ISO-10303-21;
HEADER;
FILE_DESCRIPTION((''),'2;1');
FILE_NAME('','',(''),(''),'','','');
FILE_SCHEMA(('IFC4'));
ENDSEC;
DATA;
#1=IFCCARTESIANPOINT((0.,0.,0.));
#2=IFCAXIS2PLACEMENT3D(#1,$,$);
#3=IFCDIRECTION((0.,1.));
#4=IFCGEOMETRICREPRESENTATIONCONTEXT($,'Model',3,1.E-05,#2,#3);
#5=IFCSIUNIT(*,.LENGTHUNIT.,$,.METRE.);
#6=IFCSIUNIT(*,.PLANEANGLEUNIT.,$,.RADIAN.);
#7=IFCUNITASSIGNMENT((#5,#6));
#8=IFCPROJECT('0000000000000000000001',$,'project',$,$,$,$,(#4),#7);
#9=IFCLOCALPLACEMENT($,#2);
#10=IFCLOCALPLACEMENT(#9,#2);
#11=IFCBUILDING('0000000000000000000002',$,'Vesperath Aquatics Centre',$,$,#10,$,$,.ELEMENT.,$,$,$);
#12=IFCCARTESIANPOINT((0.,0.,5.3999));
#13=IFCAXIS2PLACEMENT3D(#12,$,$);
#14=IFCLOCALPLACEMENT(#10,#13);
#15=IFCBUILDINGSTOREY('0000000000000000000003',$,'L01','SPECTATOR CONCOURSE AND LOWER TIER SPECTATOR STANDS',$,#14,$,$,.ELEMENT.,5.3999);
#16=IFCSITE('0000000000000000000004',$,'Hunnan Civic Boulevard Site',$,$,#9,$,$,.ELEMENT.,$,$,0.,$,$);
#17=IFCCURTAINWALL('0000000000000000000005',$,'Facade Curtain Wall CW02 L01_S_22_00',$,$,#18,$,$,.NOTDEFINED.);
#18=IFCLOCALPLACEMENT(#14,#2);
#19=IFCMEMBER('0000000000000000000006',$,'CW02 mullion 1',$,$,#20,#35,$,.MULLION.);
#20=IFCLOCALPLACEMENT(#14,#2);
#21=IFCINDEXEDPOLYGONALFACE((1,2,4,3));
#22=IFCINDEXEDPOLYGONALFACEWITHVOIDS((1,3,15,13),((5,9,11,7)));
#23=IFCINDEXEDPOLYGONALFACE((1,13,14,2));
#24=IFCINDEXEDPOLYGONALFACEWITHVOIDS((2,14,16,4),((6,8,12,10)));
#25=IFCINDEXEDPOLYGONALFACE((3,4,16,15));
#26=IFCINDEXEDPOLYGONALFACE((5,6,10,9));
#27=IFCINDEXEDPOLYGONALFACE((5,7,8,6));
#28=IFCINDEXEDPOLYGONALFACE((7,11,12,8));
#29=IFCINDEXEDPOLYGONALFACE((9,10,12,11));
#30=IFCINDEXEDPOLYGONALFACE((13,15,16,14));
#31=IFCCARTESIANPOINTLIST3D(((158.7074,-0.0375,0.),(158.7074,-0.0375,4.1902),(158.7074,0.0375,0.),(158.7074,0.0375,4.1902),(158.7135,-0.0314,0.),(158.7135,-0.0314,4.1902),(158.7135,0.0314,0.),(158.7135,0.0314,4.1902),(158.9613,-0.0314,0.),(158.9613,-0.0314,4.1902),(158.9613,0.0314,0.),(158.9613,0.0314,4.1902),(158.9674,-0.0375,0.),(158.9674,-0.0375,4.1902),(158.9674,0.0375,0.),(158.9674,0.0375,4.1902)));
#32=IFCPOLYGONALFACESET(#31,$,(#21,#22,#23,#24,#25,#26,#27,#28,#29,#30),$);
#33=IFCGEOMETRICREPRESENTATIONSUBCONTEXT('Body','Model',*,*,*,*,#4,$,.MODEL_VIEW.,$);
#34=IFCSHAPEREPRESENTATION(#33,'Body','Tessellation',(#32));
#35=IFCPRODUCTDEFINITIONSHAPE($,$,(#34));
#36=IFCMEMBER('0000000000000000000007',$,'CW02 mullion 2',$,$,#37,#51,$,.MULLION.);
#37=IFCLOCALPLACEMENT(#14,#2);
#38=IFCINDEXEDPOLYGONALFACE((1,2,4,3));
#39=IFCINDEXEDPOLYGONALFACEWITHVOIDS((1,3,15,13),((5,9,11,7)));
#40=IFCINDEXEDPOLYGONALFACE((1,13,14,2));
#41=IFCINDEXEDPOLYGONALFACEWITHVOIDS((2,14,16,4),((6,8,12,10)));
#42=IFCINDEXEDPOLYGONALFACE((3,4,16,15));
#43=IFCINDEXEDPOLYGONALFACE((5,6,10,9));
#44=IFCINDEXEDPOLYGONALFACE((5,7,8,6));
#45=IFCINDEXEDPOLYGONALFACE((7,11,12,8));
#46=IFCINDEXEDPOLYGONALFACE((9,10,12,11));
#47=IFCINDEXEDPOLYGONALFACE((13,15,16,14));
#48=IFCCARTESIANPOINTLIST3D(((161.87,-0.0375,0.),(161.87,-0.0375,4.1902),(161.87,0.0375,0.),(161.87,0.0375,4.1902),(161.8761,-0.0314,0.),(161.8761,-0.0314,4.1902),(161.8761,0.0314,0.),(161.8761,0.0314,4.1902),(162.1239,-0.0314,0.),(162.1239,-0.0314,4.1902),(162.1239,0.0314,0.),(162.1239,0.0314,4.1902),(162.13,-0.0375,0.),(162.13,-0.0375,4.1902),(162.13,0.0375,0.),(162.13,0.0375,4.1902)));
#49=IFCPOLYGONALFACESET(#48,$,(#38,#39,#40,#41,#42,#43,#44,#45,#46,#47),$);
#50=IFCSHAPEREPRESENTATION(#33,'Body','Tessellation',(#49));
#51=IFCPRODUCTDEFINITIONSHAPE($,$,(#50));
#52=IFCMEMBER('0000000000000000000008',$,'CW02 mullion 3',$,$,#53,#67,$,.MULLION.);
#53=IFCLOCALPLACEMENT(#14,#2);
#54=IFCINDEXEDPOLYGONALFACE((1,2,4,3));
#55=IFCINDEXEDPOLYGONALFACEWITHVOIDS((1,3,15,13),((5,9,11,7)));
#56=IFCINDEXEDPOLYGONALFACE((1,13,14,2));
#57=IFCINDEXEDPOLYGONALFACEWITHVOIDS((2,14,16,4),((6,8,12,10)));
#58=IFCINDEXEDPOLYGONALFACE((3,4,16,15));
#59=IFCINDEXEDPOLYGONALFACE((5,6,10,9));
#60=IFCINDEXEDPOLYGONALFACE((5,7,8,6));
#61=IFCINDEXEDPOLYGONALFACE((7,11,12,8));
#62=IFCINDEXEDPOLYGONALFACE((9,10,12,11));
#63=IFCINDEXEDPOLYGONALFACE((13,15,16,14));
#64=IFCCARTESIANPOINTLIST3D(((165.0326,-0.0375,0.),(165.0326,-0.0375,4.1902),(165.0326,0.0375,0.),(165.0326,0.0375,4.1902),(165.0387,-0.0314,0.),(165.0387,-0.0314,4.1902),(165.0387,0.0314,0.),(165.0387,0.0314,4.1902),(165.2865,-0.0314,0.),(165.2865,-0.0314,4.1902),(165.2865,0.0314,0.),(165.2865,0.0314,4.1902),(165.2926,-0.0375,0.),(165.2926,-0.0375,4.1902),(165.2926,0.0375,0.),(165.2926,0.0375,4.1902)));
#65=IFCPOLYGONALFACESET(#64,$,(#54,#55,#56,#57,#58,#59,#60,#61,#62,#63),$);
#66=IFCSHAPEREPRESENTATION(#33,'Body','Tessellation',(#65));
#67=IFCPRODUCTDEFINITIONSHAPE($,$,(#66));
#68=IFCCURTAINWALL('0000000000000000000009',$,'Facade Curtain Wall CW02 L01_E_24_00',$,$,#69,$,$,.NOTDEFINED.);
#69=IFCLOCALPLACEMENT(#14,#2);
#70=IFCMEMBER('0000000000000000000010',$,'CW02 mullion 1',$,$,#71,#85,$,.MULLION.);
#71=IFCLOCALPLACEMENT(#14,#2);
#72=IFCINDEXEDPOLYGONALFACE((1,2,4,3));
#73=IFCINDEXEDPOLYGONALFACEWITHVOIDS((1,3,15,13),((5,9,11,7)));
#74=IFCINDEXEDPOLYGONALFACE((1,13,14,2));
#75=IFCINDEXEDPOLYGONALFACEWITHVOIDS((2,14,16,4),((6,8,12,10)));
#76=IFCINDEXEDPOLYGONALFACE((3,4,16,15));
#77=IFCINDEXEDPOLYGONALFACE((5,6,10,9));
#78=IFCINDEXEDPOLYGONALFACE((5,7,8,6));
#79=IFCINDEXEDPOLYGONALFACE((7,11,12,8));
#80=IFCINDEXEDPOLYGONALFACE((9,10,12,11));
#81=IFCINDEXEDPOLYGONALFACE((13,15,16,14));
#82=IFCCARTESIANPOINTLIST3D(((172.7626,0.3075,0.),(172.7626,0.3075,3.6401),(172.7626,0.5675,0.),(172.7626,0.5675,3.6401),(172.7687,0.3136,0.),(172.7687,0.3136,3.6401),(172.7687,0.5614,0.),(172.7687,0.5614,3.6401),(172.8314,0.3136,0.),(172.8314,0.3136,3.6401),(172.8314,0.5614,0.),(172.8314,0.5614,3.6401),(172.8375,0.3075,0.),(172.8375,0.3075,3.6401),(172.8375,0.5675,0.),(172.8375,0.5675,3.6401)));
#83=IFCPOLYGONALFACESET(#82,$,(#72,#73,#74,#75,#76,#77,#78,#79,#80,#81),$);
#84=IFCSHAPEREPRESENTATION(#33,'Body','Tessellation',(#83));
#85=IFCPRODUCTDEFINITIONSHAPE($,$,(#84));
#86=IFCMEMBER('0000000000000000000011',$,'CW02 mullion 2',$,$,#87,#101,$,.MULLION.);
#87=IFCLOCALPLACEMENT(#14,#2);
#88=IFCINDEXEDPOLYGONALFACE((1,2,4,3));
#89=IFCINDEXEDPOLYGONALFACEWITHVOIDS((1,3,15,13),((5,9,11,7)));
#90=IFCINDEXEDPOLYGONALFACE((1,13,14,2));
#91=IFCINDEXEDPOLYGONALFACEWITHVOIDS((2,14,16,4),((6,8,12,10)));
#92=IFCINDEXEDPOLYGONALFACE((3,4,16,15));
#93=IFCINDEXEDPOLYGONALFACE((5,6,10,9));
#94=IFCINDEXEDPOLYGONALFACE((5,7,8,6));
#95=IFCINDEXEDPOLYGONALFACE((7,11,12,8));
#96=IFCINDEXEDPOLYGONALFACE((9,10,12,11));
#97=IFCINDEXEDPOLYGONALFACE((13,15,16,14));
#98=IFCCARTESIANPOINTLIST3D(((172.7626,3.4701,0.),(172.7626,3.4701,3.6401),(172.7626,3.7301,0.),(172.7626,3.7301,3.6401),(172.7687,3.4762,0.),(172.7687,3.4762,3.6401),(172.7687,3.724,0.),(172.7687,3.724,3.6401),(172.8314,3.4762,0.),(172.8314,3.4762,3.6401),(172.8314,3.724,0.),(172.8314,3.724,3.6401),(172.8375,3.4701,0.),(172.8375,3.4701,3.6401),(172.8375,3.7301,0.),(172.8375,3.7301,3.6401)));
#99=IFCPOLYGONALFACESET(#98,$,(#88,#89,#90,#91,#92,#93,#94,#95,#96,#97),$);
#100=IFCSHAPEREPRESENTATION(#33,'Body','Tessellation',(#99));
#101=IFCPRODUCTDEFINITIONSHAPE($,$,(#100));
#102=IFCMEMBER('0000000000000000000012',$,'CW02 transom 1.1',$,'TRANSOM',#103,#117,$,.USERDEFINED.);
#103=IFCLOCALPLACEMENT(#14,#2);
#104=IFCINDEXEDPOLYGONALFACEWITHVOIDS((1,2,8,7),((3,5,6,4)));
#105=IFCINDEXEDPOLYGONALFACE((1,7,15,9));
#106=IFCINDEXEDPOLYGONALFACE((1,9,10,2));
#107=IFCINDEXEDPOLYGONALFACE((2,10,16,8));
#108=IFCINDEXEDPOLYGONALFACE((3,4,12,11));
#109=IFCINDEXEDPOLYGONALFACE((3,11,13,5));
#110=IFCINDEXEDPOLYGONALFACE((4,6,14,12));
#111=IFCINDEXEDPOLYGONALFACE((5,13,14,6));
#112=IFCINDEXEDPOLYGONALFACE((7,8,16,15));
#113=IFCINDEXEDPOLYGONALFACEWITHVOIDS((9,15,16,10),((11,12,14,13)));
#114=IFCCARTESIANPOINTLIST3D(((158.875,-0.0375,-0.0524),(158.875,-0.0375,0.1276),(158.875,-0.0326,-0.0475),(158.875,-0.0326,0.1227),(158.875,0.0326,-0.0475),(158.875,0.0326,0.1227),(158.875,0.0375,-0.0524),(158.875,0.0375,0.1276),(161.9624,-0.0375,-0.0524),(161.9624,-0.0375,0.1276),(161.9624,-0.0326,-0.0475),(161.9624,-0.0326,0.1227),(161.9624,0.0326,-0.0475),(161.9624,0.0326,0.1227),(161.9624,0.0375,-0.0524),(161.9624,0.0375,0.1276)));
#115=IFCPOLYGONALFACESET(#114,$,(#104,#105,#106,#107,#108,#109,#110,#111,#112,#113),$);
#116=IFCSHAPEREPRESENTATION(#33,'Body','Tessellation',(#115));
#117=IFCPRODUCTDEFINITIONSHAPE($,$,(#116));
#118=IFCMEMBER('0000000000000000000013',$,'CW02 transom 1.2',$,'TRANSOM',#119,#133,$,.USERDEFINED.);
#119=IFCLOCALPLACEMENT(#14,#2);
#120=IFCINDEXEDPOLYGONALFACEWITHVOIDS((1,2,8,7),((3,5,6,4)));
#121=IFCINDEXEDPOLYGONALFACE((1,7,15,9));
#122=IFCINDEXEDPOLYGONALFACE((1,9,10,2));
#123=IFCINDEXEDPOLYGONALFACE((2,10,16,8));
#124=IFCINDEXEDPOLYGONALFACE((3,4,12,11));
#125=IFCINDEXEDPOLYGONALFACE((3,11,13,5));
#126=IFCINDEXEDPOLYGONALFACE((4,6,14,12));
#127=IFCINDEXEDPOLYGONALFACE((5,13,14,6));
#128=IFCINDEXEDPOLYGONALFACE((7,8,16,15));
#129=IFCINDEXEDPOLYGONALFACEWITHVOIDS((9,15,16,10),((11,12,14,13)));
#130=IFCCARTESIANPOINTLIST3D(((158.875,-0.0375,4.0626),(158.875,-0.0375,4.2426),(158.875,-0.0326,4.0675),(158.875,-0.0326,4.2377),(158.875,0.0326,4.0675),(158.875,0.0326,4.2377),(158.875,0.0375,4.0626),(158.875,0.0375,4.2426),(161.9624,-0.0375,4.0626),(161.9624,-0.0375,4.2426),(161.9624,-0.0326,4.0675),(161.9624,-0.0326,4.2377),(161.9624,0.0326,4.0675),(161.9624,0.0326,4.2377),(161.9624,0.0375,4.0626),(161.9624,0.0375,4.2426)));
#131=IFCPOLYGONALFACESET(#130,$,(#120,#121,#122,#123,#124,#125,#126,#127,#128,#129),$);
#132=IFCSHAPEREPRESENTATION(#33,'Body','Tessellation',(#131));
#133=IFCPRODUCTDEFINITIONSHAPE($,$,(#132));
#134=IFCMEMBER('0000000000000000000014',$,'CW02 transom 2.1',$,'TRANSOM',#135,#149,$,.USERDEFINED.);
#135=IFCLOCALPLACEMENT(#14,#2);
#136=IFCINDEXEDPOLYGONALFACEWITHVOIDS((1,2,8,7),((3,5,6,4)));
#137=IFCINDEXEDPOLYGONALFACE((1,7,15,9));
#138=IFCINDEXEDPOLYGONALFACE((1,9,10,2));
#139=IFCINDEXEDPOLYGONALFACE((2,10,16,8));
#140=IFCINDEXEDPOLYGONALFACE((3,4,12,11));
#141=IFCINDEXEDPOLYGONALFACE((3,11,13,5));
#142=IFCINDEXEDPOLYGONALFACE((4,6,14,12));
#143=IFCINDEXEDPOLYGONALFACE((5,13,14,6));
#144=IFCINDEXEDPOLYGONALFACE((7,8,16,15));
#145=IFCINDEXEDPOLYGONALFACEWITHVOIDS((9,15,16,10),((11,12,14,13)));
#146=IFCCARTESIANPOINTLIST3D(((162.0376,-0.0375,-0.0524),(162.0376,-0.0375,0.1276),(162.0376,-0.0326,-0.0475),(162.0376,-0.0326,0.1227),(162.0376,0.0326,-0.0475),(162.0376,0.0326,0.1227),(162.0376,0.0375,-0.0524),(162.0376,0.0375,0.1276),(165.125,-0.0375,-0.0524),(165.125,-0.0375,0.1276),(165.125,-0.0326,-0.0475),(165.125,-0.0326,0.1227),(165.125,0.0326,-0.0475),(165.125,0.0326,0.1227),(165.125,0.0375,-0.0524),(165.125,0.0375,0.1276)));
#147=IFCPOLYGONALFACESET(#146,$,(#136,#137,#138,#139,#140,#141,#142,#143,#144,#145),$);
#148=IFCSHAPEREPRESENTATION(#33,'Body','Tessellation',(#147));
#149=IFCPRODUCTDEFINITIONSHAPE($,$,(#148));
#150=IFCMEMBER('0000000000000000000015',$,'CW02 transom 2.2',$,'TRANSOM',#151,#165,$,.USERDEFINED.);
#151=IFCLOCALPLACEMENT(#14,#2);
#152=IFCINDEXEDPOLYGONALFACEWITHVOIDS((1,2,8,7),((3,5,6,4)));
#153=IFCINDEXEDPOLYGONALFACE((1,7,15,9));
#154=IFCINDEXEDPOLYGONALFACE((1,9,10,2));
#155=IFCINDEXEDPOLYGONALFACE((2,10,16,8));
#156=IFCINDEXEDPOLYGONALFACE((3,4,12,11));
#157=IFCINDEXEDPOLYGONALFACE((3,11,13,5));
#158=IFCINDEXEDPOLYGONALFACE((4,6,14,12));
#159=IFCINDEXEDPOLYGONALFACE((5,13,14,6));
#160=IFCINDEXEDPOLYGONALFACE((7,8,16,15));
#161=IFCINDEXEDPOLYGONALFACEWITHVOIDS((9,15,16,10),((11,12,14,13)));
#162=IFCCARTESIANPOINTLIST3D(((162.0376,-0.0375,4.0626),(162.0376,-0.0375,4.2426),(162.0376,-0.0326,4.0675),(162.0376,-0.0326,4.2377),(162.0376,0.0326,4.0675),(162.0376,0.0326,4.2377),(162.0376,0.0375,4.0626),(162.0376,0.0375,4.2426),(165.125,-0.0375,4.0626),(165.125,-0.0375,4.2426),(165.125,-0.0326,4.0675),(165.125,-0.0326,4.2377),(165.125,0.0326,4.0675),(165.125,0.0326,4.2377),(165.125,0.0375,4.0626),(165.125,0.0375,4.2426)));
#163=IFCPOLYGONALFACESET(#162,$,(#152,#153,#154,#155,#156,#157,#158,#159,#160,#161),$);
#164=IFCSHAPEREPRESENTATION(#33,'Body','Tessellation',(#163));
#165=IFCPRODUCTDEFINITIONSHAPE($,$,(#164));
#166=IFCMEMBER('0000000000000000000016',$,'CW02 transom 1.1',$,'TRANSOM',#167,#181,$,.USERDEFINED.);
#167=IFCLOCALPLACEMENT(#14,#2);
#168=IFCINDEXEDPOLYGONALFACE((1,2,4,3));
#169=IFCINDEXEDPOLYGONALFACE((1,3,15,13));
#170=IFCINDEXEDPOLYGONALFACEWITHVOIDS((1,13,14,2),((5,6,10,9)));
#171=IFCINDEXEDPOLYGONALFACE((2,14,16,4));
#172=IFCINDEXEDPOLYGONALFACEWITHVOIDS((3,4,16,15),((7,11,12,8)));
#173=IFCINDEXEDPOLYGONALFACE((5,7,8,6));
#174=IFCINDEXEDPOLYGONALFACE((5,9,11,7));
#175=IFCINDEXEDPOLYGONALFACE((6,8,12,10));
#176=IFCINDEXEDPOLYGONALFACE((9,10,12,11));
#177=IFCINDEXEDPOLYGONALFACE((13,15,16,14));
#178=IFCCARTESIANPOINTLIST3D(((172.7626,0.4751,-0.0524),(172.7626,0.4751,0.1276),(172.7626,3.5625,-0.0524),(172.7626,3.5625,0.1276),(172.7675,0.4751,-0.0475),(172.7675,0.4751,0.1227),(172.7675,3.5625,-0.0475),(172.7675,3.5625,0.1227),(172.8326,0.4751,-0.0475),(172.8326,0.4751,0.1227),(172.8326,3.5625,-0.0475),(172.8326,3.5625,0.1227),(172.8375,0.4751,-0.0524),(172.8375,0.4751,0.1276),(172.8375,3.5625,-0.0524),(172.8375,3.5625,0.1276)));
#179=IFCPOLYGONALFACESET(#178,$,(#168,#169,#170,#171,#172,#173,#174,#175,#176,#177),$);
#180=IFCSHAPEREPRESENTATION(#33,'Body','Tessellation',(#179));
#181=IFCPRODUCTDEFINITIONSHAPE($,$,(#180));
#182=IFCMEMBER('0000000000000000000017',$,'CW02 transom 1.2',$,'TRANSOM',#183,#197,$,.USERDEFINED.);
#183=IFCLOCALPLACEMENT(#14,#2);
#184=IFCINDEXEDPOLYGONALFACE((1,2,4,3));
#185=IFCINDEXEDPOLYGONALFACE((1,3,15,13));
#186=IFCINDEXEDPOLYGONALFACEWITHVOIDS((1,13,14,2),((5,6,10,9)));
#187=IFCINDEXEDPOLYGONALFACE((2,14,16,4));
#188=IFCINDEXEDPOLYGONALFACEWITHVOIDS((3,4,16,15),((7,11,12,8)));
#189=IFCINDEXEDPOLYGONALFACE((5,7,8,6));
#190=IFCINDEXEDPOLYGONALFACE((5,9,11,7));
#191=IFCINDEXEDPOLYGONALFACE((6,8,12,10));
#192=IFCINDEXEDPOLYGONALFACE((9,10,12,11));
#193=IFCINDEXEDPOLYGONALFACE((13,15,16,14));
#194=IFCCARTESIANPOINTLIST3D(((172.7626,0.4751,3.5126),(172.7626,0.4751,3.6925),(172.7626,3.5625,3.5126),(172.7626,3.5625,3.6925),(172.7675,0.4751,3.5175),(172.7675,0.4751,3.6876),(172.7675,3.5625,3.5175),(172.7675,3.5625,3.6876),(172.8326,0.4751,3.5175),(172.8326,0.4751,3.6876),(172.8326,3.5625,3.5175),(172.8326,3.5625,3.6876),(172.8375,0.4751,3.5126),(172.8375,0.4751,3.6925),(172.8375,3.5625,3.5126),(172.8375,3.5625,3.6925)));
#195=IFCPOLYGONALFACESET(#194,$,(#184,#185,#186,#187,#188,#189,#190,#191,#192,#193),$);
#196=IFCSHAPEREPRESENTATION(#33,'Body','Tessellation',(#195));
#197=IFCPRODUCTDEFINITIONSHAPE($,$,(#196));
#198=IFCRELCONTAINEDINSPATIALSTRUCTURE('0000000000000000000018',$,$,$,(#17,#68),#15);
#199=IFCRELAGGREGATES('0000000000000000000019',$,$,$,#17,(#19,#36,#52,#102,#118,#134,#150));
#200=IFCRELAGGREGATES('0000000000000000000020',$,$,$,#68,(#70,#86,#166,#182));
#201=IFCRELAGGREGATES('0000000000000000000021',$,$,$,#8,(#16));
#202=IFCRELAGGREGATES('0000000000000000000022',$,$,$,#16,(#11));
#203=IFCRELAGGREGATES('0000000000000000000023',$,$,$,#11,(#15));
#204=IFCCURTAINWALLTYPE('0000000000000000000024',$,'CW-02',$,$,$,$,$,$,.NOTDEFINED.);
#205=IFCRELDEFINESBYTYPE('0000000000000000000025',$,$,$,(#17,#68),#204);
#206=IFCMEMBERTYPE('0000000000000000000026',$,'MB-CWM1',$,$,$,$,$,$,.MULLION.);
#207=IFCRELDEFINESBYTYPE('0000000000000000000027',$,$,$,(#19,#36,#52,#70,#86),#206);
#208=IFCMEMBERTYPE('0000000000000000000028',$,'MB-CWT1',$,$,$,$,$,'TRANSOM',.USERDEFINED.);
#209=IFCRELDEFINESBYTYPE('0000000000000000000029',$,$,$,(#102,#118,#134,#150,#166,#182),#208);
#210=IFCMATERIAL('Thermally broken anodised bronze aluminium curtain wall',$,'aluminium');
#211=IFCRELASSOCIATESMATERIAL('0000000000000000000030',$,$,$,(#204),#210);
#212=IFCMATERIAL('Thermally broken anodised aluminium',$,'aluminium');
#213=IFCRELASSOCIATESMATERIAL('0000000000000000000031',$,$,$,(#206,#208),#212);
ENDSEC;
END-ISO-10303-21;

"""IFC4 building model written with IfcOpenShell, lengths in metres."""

from ifc_helpers import new_model, si_unit, direction, frame, origin, origin_2d, place, context, subcontext, project, spatial, hollow_rectangle, extrude, material, material_profile, profile_set, type_object, element, aggregate, save


model = new_model("IFC4")

# Units and contexts
model_context = context("Model", 3, precision=1e-05, world=origin(), true_north=direction((0.0, 1.0)))
body_context = subcontext(model_context, "Body", "Model", "MODEL_VIEW")
ifc_project = project(units=[si_unit("LENGTHUNIT", "METRE"), si_unit("PLANEANGLEUNIT", "RADIAN")], contexts=[model_context])

# Site, building, storey
site_placement = place(None, origin())
site = spatial("IfcSite", under=ifc_project, at=site_placement, Name="Hunnan Civic Boulevard Site", CompositionType="ELEMENT", RefElevation=0.0)
building_placement = place(site_placement, origin())
building = spatial("IfcBuilding", under=site, at=building_placement, Name="Vesperath Aquatics Centre", CompositionType="ELEMENT")
storey_placement = place(building_placement, frame((0.0, 0.0, 5.3999)))
storey = spatial("IfcBuildingStorey", under=building, at=storey_placement, Name="L01", Description="SPECTATOR CONCOURSE AND LOWER TIER SPECTATOR STANDS", CompositionType="ELEMENT", Elevation=5.3999)

# Curtain walls, members
ifc_material_1 = material(Name="Thermally broken anodised bronze aluminium curtain wall", Category="aluminium")
curtain_wall_type = type_object("IfcCurtainWallType", Name="CW-02", PredefinedType="NOTDEFINED", material=ifc_material_1)
curtain_wall_1_placement = place(storey_placement, origin())
curtain_wall_1 = element("IfcCurtainWall", 1, at=curtain_wall_1_placement, inside=storey, type_object=curtain_wall_type, Name="Facade Curtain Wall CW02 L01_S_22_00", PredefinedType="NOTDEFINED")
ifc_material_2 = material(Name="Thermally broken anodised aluminium", Category="aluminium")
ifc_material_profile_1 = material_profile(ifc_material_2, hollow_rectangle(XDim=0.075, YDim=0.26, WallThickness=0.0061, at=origin_2d()), Name="CWM 75x260x6")
ifc_profile_set_1 = profile_set([ifc_material_profile_1], Name="Thermally broken anodised aluminium")
member_type_1 = type_object("IfcMemberType", Name="MB-CWM1", PredefinedType="MULLION", material=ifc_profile_set_1)
member_1_placement = place(storey_placement, frame((158.8374, 0.0, 0.0), z_axis=(0.0, 0.0, 1.0), x_axis=(0.0, 1.0, 0.0)))
member_1 = element("IfcMember", 2, at=member_1_placement, type_object=member_type_1, Name="CW02 mullion 1", PredefinedType="MULLION", context=body_context, shape_type="SweptSolid", body=[
    extrude(hollow_rectangle(XDim=0.075, YDim=0.26, WallThickness=0.0061, at=origin_2d()), origin(), (0.0, 0.0, 1.0), 4.1902),
])
member_2_placement = place(storey_placement, frame((162.0, 0.0, 0.0), z_axis=(0.0, 0.0, 1.0), x_axis=(0.0, 1.0, 0.0)))
member_2 = element("IfcMember", 3, at=member_2_placement, type_object=member_type_1, Name="CW02 mullion 2", PredefinedType="MULLION", context=body_context, shape_type="SweptSolid", body=[
    extrude(hollow_rectangle(XDim=0.075, YDim=0.26, WallThickness=0.0061, at=origin_2d()), origin(), (0.0, 0.0, 1.0), 4.1902),
])
member_3_placement = place(storey_placement, frame((165.1626, 0.0, 0.0), z_axis=(0.0, 0.0, 1.0), x_axis=(0.0, 1.0, 0.0)))
member_3 = element("IfcMember", 4, at=member_3_placement, type_object=member_type_1, Name="CW02 mullion 3", PredefinedType="MULLION", context=body_context, shape_type="SweptSolid", body=[
    extrude(hollow_rectangle(XDim=0.075, YDim=0.26, WallThickness=0.0061, at=origin_2d()), origin(), (0.0, 0.0, 1.0), 4.1902),
])
curtain_wall_2_placement = place(storey_placement, origin())
curtain_wall_2 = element("IfcCurtainWall", 5, at=curtain_wall_2_placement, inside=storey, type_object=curtain_wall_type, Name="Facade Curtain Wall CW02 L01_E_24_00", PredefinedType="NOTDEFINED")
member_4_placement = place(storey_placement, frame((172.8, 0.4375, 0.0), z_axis=(0.0, 0.0, 1.0), x_axis=(-1.0, 0.0, 0.0)))
member_4 = element("IfcMember", 6, at=member_4_placement, type_object=member_type_1, Name="CW02 mullion 1", PredefinedType="MULLION", context=body_context, shape_type="SweptSolid", body=[
    extrude(hollow_rectangle(XDim=0.075, YDim=0.26, WallThickness=0.0061, at=origin_2d()), origin(), (0.0, 0.0, 1.0), 3.6401),
])
member_5_placement = place(storey_placement, frame((172.8, 3.6001, 0.0), z_axis=(0.0, 0.0, 1.0), x_axis=(-1.0, 0.0, 0.0)))
member_5 = element("IfcMember", 7, at=member_5_placement, type_object=member_type_1, Name="CW02 mullion 2", PredefinedType="MULLION", context=body_context, shape_type="SweptSolid", body=[
    extrude(hollow_rectangle(XDim=0.075, YDim=0.26, WallThickness=0.0061, at=origin_2d()), origin(), (0.0, 0.0, 1.0), 3.6401),
])

# Members
ifc_material_profile_2 = material_profile(ifc_material_2, hollow_rectangle(XDim=0.075, YDim=0.1799, WallThickness=0.0049, at=origin_2d()), Name="CWT 75x180x5")
ifc_profile_set_2 = profile_set([ifc_material_profile_2], Name="Thermally broken anodised aluminium")
member_type_2 = type_object("IfcMemberType", Name="MB-CWT1", ElementType="TRANSOM", PredefinedType="USERDEFINED", material=ifc_profile_set_2)
member_6_placement = place(storey_placement, frame((158.875, 0.0, 0.0376), z_axis=(1.0, 0.0, 0.0), x_axis=(0.0, 1.0, 0.0)))
member_6 = element("IfcMember", 8, at=member_6_placement, type_object=member_type_2, Name="CW02 transom 1.1", ObjectType="TRANSOM", PredefinedType="USERDEFINED", context=body_context, shape_type="SweptSolid", body=[
    extrude(hollow_rectangle(XDim=0.075, YDim=0.1799, WallThickness=0.0049, at=origin_2d()), origin(), (0.0, 0.0, 1.0), 3.0874),
])
member_7_placement = place(storey_placement, frame((158.875, 0.0, 4.1526), z_axis=(1.0, 0.0, 0.0), x_axis=(0.0, 1.0, 0.0)))
member_7 = element("IfcMember", 9, at=member_7_placement, type_object=member_type_2, Name="CW02 transom 1.2", ObjectType="TRANSOM", PredefinedType="USERDEFINED", context=body_context, shape_type="SweptSolid", body=[
    extrude(hollow_rectangle(XDim=0.075, YDim=0.1799, WallThickness=0.0049, at=origin_2d()), origin(), (0.0, 0.0, 1.0), 3.0874),
])
member_8_placement = place(storey_placement, frame((162.0376, 0.0, 0.0376), z_axis=(1.0, 0.0, 0.0), x_axis=(0.0, 1.0, 0.0)))
member_8 = element("IfcMember", 10, at=member_8_placement, type_object=member_type_2, Name="CW02 transom 2.1", ObjectType="TRANSOM", PredefinedType="USERDEFINED", context=body_context, shape_type="SweptSolid", body=[
    extrude(hollow_rectangle(XDim=0.075, YDim=0.1799, WallThickness=0.0049, at=origin_2d()), origin(), (0.0, 0.0, 1.0), 3.0874),
])
member_9_placement = place(storey_placement, frame((162.0376, 0.0, 4.1526), z_axis=(1.0, 0.0, 0.0), x_axis=(0.0, 1.0, 0.0)))
member_9 = element("IfcMember", 11, at=member_9_placement, type_object=member_type_2, Name="CW02 transom 2.2", ObjectType="TRANSOM", PredefinedType="USERDEFINED", context=body_context, shape_type="SweptSolid", body=[
    extrude(hollow_rectangle(XDim=0.075, YDim=0.1799, WallThickness=0.0049, at=origin_2d()), origin(), (0.0, 0.0, 1.0), 3.0874),
])
member_10_placement = place(storey_placement, frame((172.8, 0.4751, 0.0376), z_axis=(0.0, 1.0, 0.0), x_axis=(-1.0, 0.0, 0.0)))
member_10 = element("IfcMember", 12, at=member_10_placement, type_object=member_type_2, Name="CW02 transom 1.1", ObjectType="TRANSOM", PredefinedType="USERDEFINED", context=body_context, shape_type="SweptSolid", body=[
    extrude(hollow_rectangle(XDim=0.075, YDim=0.1799, WallThickness=0.0049, at=origin_2d()), origin(), (0.0, 0.0, 1.0), 3.0874),
])
member_11_placement = place(storey_placement, frame((172.8, 0.4751, 3.6025), z_axis=(0.0, 1.0, 0.0), x_axis=(-1.0, 0.0, 0.0)))
member_11 = element("IfcMember", 13, at=member_11_placement, type_object=member_type_2, Name="CW02 transom 1.2", ObjectType="TRANSOM", PredefinedType="USERDEFINED", context=body_context, shape_type="SweptSolid", body=[
    extrude(hollow_rectangle(XDim=0.075, YDim=0.1799, WallThickness=0.0049, at=origin_2d()), origin(), (0.0, 0.0, 1.0), 3.0874),
])

aggregate(curtain_wall_1, [member_1, member_2, member_3, member_6, member_7, member_8, member_9])
aggregate(curtain_wall_2, [member_4, member_5, member_10, member_11])

save(model, "model.ifc")
